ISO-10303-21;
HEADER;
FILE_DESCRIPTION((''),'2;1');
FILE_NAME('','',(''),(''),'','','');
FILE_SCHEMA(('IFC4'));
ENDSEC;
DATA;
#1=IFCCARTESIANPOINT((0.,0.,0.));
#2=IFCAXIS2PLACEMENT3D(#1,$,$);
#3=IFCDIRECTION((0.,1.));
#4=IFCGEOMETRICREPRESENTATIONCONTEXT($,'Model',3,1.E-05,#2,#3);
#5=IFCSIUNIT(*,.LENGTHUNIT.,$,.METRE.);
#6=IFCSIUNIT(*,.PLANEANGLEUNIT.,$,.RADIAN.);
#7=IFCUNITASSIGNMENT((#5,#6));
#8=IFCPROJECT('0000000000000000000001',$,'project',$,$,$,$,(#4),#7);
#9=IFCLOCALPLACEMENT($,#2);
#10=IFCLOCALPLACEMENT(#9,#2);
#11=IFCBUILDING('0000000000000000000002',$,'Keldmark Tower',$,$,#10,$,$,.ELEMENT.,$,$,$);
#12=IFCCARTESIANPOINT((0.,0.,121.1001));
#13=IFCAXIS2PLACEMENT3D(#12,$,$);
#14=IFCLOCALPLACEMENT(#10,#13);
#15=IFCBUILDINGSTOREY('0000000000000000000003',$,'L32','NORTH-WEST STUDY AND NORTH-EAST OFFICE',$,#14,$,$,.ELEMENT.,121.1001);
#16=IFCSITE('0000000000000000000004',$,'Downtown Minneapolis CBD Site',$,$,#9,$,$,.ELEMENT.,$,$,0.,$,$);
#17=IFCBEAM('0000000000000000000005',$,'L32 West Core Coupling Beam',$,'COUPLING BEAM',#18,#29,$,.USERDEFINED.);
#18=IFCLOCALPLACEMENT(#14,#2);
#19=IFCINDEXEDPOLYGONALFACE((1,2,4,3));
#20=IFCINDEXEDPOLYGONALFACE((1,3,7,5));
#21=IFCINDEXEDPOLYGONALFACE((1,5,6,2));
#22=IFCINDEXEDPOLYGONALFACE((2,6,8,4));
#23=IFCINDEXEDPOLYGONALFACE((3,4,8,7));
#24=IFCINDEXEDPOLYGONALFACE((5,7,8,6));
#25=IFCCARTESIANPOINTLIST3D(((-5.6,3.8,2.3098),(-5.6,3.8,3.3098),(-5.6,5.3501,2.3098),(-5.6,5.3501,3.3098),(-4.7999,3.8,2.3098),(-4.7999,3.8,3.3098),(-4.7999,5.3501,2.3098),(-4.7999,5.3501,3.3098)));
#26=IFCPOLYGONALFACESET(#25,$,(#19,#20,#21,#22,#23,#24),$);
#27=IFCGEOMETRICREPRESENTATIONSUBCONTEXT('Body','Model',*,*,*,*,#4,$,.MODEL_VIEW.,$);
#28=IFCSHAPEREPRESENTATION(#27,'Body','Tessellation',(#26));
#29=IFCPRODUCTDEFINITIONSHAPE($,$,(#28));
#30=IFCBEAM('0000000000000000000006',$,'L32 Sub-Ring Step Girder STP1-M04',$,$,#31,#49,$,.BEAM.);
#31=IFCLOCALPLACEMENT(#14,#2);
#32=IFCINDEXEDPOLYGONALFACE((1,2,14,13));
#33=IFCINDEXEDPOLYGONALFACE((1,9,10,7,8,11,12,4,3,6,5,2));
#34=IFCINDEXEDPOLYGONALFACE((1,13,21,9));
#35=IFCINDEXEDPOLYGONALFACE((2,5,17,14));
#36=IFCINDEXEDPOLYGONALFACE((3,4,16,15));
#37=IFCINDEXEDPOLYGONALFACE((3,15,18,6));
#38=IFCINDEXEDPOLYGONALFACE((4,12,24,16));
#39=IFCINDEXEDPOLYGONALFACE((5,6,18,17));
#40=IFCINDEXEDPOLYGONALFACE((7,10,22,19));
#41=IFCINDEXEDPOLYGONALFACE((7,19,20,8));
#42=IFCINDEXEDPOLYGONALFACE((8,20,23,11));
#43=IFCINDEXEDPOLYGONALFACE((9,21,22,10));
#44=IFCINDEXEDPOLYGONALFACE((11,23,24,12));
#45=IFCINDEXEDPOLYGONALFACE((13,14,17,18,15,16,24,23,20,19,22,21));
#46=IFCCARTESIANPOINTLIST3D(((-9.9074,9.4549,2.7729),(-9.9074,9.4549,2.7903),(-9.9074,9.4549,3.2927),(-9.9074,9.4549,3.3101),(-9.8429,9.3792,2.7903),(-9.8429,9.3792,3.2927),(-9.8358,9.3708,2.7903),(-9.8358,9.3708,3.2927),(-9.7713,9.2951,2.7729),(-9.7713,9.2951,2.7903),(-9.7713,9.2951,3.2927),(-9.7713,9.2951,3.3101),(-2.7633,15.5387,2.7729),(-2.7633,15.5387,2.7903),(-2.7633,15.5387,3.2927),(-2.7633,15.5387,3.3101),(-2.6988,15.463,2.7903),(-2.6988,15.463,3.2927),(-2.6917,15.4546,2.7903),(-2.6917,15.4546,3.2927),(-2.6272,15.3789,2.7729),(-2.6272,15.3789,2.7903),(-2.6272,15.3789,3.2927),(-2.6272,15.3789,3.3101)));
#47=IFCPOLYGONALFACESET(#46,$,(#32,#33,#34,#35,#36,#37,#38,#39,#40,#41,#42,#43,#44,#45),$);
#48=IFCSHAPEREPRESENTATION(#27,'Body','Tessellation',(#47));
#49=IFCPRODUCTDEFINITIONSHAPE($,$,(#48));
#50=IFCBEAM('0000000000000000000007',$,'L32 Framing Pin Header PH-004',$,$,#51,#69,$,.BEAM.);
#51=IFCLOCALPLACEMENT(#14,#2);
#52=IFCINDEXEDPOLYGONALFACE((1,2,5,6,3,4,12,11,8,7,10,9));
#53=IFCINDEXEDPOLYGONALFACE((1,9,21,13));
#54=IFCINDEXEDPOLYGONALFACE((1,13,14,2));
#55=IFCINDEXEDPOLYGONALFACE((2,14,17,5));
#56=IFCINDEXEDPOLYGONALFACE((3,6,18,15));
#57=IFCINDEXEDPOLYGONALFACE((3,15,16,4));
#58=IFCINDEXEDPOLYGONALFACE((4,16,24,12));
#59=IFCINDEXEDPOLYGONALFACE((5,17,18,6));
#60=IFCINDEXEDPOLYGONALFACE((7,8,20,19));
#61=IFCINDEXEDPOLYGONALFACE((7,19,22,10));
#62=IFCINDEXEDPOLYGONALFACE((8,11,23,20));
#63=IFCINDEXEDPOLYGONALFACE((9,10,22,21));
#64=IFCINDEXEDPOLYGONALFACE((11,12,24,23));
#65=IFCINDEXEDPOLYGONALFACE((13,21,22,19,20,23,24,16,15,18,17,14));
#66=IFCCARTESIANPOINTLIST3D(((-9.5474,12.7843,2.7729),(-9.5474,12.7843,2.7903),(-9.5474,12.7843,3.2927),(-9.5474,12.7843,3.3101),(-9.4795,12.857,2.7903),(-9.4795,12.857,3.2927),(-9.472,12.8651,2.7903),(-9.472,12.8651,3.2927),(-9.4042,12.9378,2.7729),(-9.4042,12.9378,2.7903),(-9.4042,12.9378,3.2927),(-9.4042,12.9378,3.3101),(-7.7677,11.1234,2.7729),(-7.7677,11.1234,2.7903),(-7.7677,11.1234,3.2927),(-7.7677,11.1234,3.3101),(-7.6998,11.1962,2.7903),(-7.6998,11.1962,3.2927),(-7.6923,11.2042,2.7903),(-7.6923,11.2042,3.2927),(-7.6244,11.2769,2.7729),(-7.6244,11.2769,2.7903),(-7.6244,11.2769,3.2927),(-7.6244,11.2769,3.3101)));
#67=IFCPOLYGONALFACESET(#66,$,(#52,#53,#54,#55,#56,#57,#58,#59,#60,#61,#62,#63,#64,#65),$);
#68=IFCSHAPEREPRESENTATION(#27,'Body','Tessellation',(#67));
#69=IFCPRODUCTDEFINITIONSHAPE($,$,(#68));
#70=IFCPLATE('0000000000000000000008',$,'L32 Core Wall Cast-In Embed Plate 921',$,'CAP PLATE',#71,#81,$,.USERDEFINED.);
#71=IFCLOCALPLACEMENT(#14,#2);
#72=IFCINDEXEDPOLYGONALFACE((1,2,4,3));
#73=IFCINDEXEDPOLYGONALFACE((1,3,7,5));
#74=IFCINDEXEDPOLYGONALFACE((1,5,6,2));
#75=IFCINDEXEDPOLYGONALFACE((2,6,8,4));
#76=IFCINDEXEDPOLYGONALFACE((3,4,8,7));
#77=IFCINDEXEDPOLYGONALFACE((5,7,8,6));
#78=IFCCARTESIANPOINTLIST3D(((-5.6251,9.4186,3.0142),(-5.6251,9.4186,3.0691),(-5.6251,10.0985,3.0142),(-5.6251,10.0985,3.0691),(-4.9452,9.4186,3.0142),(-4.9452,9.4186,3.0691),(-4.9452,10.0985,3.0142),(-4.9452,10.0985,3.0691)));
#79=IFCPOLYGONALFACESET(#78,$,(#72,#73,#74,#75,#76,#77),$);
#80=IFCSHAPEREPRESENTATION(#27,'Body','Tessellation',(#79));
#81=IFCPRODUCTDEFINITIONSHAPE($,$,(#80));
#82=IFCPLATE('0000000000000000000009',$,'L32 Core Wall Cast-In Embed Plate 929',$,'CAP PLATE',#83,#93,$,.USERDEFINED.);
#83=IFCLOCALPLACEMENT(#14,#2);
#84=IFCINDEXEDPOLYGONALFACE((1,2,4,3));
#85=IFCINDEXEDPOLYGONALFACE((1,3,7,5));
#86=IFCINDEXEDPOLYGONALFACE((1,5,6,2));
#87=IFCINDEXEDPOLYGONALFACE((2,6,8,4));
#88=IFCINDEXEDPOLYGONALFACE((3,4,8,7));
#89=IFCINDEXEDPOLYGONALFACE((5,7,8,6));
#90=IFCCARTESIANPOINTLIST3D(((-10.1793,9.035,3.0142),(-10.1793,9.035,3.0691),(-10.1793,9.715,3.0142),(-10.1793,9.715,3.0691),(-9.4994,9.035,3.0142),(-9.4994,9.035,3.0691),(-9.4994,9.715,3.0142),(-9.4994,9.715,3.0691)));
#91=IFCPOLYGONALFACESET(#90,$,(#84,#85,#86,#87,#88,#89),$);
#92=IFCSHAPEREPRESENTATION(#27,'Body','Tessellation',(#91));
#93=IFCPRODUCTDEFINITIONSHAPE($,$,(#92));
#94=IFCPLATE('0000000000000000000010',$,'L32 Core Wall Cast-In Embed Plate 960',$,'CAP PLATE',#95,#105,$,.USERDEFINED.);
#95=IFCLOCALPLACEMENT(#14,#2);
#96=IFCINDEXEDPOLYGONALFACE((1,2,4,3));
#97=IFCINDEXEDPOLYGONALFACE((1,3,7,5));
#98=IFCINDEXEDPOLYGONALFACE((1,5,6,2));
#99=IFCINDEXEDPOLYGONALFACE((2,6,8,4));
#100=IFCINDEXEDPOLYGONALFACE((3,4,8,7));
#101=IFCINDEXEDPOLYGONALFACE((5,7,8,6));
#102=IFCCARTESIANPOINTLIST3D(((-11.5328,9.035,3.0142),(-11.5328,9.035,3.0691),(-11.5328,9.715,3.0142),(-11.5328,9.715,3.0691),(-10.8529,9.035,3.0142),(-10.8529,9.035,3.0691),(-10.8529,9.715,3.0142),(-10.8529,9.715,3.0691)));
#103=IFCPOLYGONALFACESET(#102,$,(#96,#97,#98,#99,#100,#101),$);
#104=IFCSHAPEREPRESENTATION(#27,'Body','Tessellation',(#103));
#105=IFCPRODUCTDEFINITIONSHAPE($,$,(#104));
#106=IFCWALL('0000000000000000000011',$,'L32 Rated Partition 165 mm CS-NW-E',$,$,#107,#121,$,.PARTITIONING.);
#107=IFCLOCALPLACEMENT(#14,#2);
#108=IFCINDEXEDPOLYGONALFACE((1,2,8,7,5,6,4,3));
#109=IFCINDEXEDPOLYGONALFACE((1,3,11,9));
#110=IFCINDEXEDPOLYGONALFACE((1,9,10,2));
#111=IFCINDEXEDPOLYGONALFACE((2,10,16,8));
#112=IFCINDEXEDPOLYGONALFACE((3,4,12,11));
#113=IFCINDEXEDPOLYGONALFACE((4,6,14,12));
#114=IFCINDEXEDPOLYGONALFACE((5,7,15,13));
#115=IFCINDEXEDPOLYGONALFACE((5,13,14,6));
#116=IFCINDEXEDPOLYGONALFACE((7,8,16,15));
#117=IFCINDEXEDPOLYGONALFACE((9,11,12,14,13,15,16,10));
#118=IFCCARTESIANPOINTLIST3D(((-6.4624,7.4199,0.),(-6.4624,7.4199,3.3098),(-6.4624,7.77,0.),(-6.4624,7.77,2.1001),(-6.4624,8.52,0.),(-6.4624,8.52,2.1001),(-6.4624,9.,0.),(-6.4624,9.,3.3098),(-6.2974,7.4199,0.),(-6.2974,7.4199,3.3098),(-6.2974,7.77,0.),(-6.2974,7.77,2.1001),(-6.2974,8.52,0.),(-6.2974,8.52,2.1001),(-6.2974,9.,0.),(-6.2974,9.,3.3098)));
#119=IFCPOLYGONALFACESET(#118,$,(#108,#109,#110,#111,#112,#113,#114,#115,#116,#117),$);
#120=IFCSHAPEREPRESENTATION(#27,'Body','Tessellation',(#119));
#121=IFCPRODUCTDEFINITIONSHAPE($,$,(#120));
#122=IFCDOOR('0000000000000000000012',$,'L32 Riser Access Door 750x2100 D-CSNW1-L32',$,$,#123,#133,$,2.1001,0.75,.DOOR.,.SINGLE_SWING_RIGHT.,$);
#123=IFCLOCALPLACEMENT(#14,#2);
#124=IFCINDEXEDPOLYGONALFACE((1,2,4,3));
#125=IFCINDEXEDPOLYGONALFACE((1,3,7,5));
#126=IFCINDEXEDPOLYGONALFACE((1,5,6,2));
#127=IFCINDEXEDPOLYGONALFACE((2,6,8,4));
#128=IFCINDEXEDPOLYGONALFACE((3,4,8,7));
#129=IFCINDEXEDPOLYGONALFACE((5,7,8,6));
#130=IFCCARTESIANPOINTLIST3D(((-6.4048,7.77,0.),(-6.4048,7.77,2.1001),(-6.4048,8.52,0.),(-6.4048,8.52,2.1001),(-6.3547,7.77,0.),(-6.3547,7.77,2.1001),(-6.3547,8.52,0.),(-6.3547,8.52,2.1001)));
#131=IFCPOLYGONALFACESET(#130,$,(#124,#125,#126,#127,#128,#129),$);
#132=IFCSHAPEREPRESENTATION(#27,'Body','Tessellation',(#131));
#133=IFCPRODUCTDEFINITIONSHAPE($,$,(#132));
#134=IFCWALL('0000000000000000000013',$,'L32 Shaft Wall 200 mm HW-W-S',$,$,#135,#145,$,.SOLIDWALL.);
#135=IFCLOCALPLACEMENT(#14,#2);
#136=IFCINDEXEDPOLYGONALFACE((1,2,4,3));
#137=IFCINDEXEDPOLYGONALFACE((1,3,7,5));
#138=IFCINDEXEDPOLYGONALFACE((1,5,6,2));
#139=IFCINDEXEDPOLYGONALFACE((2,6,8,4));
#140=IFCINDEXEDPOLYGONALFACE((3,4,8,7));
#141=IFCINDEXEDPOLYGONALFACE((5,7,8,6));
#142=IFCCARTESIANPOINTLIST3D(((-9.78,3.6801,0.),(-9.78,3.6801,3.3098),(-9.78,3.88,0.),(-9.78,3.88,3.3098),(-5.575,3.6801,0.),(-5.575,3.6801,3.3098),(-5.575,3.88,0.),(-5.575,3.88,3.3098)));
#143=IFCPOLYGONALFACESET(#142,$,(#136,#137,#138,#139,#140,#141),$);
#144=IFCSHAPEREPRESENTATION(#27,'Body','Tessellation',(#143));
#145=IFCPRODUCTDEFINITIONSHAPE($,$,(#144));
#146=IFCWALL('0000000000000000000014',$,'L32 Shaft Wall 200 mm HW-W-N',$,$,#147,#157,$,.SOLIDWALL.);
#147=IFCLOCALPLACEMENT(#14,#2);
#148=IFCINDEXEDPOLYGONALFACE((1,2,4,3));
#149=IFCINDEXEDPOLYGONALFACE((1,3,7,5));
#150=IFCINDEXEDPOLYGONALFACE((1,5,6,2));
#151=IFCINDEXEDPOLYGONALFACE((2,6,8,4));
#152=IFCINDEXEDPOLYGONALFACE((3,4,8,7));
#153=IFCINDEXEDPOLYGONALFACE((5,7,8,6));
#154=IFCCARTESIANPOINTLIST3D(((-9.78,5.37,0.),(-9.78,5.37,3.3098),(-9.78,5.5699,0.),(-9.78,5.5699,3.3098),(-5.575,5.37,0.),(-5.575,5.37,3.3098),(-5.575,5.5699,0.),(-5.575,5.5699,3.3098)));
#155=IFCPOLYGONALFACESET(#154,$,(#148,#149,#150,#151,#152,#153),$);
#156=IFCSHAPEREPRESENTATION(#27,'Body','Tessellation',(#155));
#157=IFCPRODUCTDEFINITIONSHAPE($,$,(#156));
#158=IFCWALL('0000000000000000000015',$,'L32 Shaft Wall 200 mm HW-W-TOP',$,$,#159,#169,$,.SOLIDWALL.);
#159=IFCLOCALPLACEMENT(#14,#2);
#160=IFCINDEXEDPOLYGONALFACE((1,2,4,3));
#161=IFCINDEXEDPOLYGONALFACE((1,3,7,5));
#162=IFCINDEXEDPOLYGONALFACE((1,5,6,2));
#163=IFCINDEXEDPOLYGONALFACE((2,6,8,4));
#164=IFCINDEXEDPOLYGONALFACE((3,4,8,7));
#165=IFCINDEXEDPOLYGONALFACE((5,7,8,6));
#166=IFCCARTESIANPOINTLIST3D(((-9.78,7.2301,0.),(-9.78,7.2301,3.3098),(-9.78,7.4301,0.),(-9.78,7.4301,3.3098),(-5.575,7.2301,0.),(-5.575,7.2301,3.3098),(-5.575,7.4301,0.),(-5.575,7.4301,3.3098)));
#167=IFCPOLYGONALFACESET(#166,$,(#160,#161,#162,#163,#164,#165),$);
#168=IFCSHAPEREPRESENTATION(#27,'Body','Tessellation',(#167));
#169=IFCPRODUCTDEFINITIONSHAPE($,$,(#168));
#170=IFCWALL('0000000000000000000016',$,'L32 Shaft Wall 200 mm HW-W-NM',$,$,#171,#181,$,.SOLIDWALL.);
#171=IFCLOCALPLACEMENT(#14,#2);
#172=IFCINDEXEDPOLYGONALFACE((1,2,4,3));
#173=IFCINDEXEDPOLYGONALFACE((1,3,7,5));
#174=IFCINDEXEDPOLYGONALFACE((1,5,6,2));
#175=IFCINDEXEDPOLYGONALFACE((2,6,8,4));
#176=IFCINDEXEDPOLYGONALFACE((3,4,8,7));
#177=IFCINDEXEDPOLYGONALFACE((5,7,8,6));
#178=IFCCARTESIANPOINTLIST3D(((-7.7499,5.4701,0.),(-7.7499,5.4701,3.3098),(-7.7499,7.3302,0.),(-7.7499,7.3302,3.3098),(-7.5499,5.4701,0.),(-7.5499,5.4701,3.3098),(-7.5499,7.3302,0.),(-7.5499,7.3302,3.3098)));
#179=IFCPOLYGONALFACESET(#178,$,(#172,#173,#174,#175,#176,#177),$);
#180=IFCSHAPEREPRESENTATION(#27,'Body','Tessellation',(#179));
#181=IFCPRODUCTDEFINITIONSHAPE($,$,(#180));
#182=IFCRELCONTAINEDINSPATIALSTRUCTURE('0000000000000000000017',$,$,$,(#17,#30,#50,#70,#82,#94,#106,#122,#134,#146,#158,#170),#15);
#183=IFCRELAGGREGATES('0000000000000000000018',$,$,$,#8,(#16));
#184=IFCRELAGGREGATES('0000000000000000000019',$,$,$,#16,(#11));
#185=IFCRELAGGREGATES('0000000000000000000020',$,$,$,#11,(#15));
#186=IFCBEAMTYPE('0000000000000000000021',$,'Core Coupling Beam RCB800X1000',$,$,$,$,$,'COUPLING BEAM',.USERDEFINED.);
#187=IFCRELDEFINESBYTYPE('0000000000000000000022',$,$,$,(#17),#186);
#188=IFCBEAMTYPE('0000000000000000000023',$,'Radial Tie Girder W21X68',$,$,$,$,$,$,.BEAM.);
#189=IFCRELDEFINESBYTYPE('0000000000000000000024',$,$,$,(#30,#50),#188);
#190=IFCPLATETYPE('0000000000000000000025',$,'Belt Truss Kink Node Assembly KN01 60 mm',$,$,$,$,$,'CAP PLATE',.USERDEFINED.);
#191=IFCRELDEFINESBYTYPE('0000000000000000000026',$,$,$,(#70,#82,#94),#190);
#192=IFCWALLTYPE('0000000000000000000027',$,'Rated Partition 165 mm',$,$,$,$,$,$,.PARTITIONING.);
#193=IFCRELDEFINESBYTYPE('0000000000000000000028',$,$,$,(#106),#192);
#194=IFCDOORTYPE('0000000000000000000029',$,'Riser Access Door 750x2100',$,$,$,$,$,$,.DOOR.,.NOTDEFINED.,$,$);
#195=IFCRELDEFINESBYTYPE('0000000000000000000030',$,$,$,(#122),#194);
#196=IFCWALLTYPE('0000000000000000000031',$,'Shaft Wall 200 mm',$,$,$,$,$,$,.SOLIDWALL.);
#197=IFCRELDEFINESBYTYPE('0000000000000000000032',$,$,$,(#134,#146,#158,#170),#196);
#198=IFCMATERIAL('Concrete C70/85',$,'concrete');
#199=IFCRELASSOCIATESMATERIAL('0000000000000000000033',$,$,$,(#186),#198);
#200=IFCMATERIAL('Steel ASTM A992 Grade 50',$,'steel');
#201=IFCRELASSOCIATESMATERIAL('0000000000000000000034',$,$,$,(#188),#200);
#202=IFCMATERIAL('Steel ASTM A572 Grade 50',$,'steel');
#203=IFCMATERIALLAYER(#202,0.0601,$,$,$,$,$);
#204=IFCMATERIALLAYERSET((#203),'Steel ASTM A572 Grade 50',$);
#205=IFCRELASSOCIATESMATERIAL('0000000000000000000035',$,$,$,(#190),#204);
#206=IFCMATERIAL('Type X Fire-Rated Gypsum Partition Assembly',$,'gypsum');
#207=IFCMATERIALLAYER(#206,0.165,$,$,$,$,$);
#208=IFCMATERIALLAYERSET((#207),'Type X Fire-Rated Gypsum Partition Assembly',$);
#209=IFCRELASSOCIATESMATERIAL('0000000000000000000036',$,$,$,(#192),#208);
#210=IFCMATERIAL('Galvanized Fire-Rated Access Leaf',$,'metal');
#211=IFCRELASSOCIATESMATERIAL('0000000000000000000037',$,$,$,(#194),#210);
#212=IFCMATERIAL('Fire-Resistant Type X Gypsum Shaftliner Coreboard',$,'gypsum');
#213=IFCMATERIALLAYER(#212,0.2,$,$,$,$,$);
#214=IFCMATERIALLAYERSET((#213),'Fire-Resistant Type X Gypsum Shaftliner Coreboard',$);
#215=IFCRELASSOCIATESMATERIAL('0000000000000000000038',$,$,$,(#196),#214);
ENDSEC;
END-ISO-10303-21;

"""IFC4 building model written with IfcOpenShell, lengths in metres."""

from ifc_helpers import new_model, si_unit, direction, frame, frame_2d, origin, origin_2d, place, context, subcontext, project, spatial, rectangle, i_section, extrude, material, layer, layer_set, material_profile, profile_set, type_object, element, fill, save


model = new_model("IFC4")

# Units and contexts
model_context = context("Model", 3, precision=1e-05, world=origin(), true_north=direction((0.0, 1.0)))
body_context = subcontext(model_context, "Body", "Model", "MODEL_VIEW")
ifc_project = project(units=[si_unit("LENGTHUNIT", "METRE"), si_unit("PLANEANGLEUNIT", "RADIAN")], contexts=[model_context])

# Site, building, storey
site_placement = place(None, origin())
site = spatial("IfcSite", under=ifc_project, at=site_placement, Name="Downtown Minneapolis CBD Site", CompositionType="ELEMENT", RefElevation=0.0)
building_placement = place(site_placement, origin())
building = spatial("IfcBuilding", under=site, at=building_placement, Name="Keldmark Tower", CompositionType="ELEMENT")
storey_placement = place(building_placement, frame((0.0, 0.0, 121.1001)))
storey = spatial("IfcBuildingStorey", under=building, at=storey_placement, Name="L32", Description="NORTH-WEST STUDY AND NORTH-EAST OFFICE", CompositionType="ELEMENT", Elevation=121.1001)

# Beams
ifc_material_1 = material(Name="Concrete C70/85", Category="concrete")
ifc_material_profile_1 = material_profile(ifc_material_1, rectangle(XDim=0.8, YDim=1.0, at=origin_2d()), Name="RCB800X1000")
ifc_profile_set_1 = profile_set([ifc_material_profile_1], Name="Concrete C70/85")
beam_type_1 = type_object("IfcBeamType", Name="Core Coupling Beam RCB800X1000", ElementType="COUPLING BEAM", PredefinedType="USERDEFINED", material=ifc_profile_set_1)
beam_1_placement = place(storey_placement, frame((-5.2, 3.8, 2.8098), z_axis=(0.0, 1.0, 0.0), x_axis=(-1.0, 0.0, 0.0)))
element("IfcBeam", 1, at=beam_1_placement, inside=storey, type_object=beam_type_1, Name="L32 West Core Coupling Beam", ObjectType="COUPLING BEAM", PredefinedType="USERDEFINED", context=body_context, shape_type="SweptSolid", body=[
    extrude(rectangle(XDim=0.8, YDim=1.0, at=origin_2d()), origin(), (0.0, 0.0, 1.0), 1.55),
])
ifc_material_2 = material(Name="Steel ASTM A992 Grade 50", Category="steel")
ifc_material_profile_2 = material_profile(ifc_material_2, i_section(OverallWidth=0.21, OverallDepth=0.5371, WebThickness=0.011, FlangeThickness=0.0173, at=origin_2d()), Name="W21X68")
ifc_profile_set_2 = profile_set([ifc_material_profile_2], Name="Steel ASTM A992 Grade 50")
beam_type_2 = type_object("IfcBeamType", Name="Radial Tie Girder W21X68", PredefinedType="BEAM", material=ifc_profile_set_2)
beam_2_placement = place(storey_placement, frame((-9.8394, 9.375, 3.0415), z_axis=(0.761345, 0.648348, 0.0), x_axis=(-0.648348, 0.761345, 0.0)))
element("IfcBeam", 2, at=beam_2_placement, inside=storey, type_object=beam_type_2, Name="L32 Sub-Ring Step Girder STP1-M04", PredefinedType="BEAM", context=body_context, shape_type="SweptSolid", body=[
    extrude(i_section(OverallWidth=0.21, OverallDepth=0.5371, WebThickness=0.011, FlangeThickness=0.0173, at=origin_2d()), origin(), (0.0, 0.0, 1.0), 9.3835),
])
beam_3_placement = place(storey_placement, frame((-7.696, 11.2002, 3.0415), z_axis=(-0.731105, 0.682265, 0.0), x_axis=(-0.682265, -0.731105, 0.0)))
element("IfcBeam", 3, at=beam_3_placement, inside=storey, type_object=beam_type_2, Name="L32 Framing Pin Header PH-004", PredefinedType="BEAM", context=body_context, shape_type="SweptSolid", body=[
    extrude(i_section(OverallWidth=0.21, OverallDepth=0.5371, WebThickness=0.011, FlangeThickness=0.0173, at=origin_2d()), origin(), (0.0, 0.0, 1.0), 2.4343),
])

# Plates
ifc_material_3 = material(Name="Steel ASTM A572 Grade 50", Category="steel")
ifc_layer_1 = layer(ifc_material_3, 0.0601)
ifc_layer_set_1 = layer_set([ifc_layer_1], Name="Steel ASTM A572 Grade 50")
plate_type = type_object("IfcPlateType", Name="Belt Truss Kink Node Assembly KN01 60 mm", ElementType="CAP PLATE", PredefinedType="USERDEFINED", material=ifc_layer_set_1)
for number, where, z_axis, x_axis, name in (
    (4, (-5.2852, 9.7585, 3.0142), (0.0, 0.0, 1.0), (1.0, 0.0, 0.0), "L32 Core Wall Cast-In Embed Plate 921"),
    (5, (-9.8394, 9.375, 3.0142), (0.0, 0.0, 1.0), (1.0, 0.0, 0.0), "L32 Core Wall Cast-In Embed Plate 929"),
    (6, (-11.1929, 9.375, 3.0142), (0.0, 0.0, 1.0), (1.0, 0.0, 0.0), "L32 Core Wall Cast-In Embed Plate 960"),
):
    element("IfcPlate", number, at=place(storey_placement, frame(where, z_axis=z_axis, x_axis=x_axis)), inside=storey, type_object=plate_type, Name=name, ObjectType="CAP PLATE", PredefinedType="USERDEFINED", context=body_context, shape_type="SweptSolid", body=[
        extrude(rectangle(XDim=0.6799, YDim=0.6799, at=origin_2d()), origin(), (0.0, 0.0, 1.0), 0.0549),
    ])

# Wall, opening, door
ifc_material_4 = material(Name="Type X Fire-Rated Gypsum Partition Assembly", Category="gypsum")
ifc_layer_2 = layer(ifc_material_4, 0.165)
ifc_layer_set_2 = layer_set([ifc_layer_2], Name="Type X Fire-Rated Gypsum Partition Assembly")
wall_type_1 = type_object("IfcWallType", Name="Rated Partition 165 mm", PredefinedType="PARTITIONING", material=ifc_layer_set_2)
wall_1_placement = place(storey_placement, frame((-6.3799, 7.4199, 0.0), z_axis=(0.0, 0.0, 1.0), x_axis=(0.0, 1.0, 0.0)))
wall_1 = element("IfcWall", 7, at=wall_1_placement, inside=storey, type_object=wall_type_1, Name="L32 Rated Partition 165 mm CS-NW-E", PredefinedType="PARTITIONING", context=body_context, shape_type="SweptSolid", body=[
    extrude(rectangle(XDim=1.5801, YDim=0.165, at=frame_2d((0.79, 0.0))), origin(), (0.0, 0.0, 1.0), 3.3098),
])
opening_1_placement = place(wall_1_placement, frame((0.3501, 0.0, 0.0)))
opening_1 = element("IfcOpeningElement", 8, at=opening_1_placement, cuts=wall_1, PredefinedType="OPENING", context=body_context, shape_type="SweptSolid", body=[
    extrude(rectangle(XDim=0.75, YDim=2.1001, at=frame_2d((0.375, 1.05))), frame((0.0, 0.0925, 0.0), z_axis=(0.0, -1.0, 0.0), x_axis=(1.0, 0.0, 0.0)), (0.0, 0.0, 1.0), 0.1851),
])
ifc_material_5 = material(Name="Galvanized Fire-Rated Access Leaf", Category="metal")
door_type = type_object("IfcDoorType", Name="Riser Access Door 750x2100", OperationType="NOTDEFINED", PredefinedType="DOOR", material=ifc_material_5)
door_1_placement = place(opening_1_placement, origin())
door_1 = element("IfcDoor", 9, at=door_1_placement, inside=storey, type_object=door_type, Name="L32 Riser Access Door 750x2100 D-CSNW1-L32", OperationType="SINGLE_SWING_RIGHT", OverallHeight=2.1001, OverallWidth=0.75, PredefinedType="DOOR", context=body_context, shape_type="SweptSolid", body=[
    extrude(rectangle(XDim=0.75, YDim=2.1001, at=frame_2d((0.375, 1.05))), frame((0.0, 0.0249, 0.0), z_axis=(0.0, -1.0, 0.0), x_axis=(1.0, 0.0, 0.0)), (0.0, 0.0, 1.0), 0.05),
])
fill(opening_1, door_1)

# Walls
ifc_material_6 = material(Name="Fire-Resistant Type X Gypsum Shaftliner Coreboard", Category="gypsum")
ifc_layer_3 = layer(ifc_material_6, 0.2)
ifc_layer_set_3 = layer_set([ifc_layer_3], Name="Fire-Resistant Type X Gypsum Shaftliner Coreboard")
wall_type_2 = type_object("IfcWallType", Name="Shaft Wall 200 mm", PredefinedType="SOLIDWALL", material=ifc_layer_set_3)
for number, where, z_axis, x_axis, name in (
    (10, (-9.78, 3.78, 0.0), (0.0, 0.0, 1.0), (1.0, 0.0, 0.0), "L32 Shaft Wall 200 mm HW-W-S"),
    (11, (-9.78, 5.47, 0.0), (0.0, 0.0, 1.0), (1.0, 0.0, 0.0), "L32 Shaft Wall 200 mm HW-W-N"),
    (12, (-9.78, 7.3301, 0.0), (0.0, 0.0, 1.0), (1.0, 0.0, 0.0), "L32 Shaft Wall 200 mm HW-W-TOP"),
):
    element("IfcWall", number, at=place(storey_placement, frame(where, z_axis=z_axis, x_axis=x_axis)), inside=storey, type_object=wall_type_2, Name=name, PredefinedType="SOLIDWALL", context=body_context, shape_type="SweptSolid", body=[
        extrude(rectangle(XDim=4.2051, YDim=0.2, at=frame_2d((2.1025, 0.0))), origin(), (0.0, 0.0, 1.0), 3.3098),
    ])
wall_2_placement = place(storey_placement, frame((-7.6499, 5.47, 0.0), z_axis=(0.0, 0.0, 1.0), x_axis=(0.0, 1.0, 0.0)))
element("IfcWall", 13, at=wall_2_placement, inside=storey, type_object=wall_type_2, Name="L32 Shaft Wall 200 mm HW-W-NM", PredefinedType="SOLIDWALL", context=body_context, shape_type="SweptSolid", body=[
    extrude(rectangle(XDim=1.8601, YDim=0.2, at=frame_2d((0.9302, 0.0))), origin(), (0.0, 0.0, 1.0), 3.3098),
])

save(model, "model.ifc")
